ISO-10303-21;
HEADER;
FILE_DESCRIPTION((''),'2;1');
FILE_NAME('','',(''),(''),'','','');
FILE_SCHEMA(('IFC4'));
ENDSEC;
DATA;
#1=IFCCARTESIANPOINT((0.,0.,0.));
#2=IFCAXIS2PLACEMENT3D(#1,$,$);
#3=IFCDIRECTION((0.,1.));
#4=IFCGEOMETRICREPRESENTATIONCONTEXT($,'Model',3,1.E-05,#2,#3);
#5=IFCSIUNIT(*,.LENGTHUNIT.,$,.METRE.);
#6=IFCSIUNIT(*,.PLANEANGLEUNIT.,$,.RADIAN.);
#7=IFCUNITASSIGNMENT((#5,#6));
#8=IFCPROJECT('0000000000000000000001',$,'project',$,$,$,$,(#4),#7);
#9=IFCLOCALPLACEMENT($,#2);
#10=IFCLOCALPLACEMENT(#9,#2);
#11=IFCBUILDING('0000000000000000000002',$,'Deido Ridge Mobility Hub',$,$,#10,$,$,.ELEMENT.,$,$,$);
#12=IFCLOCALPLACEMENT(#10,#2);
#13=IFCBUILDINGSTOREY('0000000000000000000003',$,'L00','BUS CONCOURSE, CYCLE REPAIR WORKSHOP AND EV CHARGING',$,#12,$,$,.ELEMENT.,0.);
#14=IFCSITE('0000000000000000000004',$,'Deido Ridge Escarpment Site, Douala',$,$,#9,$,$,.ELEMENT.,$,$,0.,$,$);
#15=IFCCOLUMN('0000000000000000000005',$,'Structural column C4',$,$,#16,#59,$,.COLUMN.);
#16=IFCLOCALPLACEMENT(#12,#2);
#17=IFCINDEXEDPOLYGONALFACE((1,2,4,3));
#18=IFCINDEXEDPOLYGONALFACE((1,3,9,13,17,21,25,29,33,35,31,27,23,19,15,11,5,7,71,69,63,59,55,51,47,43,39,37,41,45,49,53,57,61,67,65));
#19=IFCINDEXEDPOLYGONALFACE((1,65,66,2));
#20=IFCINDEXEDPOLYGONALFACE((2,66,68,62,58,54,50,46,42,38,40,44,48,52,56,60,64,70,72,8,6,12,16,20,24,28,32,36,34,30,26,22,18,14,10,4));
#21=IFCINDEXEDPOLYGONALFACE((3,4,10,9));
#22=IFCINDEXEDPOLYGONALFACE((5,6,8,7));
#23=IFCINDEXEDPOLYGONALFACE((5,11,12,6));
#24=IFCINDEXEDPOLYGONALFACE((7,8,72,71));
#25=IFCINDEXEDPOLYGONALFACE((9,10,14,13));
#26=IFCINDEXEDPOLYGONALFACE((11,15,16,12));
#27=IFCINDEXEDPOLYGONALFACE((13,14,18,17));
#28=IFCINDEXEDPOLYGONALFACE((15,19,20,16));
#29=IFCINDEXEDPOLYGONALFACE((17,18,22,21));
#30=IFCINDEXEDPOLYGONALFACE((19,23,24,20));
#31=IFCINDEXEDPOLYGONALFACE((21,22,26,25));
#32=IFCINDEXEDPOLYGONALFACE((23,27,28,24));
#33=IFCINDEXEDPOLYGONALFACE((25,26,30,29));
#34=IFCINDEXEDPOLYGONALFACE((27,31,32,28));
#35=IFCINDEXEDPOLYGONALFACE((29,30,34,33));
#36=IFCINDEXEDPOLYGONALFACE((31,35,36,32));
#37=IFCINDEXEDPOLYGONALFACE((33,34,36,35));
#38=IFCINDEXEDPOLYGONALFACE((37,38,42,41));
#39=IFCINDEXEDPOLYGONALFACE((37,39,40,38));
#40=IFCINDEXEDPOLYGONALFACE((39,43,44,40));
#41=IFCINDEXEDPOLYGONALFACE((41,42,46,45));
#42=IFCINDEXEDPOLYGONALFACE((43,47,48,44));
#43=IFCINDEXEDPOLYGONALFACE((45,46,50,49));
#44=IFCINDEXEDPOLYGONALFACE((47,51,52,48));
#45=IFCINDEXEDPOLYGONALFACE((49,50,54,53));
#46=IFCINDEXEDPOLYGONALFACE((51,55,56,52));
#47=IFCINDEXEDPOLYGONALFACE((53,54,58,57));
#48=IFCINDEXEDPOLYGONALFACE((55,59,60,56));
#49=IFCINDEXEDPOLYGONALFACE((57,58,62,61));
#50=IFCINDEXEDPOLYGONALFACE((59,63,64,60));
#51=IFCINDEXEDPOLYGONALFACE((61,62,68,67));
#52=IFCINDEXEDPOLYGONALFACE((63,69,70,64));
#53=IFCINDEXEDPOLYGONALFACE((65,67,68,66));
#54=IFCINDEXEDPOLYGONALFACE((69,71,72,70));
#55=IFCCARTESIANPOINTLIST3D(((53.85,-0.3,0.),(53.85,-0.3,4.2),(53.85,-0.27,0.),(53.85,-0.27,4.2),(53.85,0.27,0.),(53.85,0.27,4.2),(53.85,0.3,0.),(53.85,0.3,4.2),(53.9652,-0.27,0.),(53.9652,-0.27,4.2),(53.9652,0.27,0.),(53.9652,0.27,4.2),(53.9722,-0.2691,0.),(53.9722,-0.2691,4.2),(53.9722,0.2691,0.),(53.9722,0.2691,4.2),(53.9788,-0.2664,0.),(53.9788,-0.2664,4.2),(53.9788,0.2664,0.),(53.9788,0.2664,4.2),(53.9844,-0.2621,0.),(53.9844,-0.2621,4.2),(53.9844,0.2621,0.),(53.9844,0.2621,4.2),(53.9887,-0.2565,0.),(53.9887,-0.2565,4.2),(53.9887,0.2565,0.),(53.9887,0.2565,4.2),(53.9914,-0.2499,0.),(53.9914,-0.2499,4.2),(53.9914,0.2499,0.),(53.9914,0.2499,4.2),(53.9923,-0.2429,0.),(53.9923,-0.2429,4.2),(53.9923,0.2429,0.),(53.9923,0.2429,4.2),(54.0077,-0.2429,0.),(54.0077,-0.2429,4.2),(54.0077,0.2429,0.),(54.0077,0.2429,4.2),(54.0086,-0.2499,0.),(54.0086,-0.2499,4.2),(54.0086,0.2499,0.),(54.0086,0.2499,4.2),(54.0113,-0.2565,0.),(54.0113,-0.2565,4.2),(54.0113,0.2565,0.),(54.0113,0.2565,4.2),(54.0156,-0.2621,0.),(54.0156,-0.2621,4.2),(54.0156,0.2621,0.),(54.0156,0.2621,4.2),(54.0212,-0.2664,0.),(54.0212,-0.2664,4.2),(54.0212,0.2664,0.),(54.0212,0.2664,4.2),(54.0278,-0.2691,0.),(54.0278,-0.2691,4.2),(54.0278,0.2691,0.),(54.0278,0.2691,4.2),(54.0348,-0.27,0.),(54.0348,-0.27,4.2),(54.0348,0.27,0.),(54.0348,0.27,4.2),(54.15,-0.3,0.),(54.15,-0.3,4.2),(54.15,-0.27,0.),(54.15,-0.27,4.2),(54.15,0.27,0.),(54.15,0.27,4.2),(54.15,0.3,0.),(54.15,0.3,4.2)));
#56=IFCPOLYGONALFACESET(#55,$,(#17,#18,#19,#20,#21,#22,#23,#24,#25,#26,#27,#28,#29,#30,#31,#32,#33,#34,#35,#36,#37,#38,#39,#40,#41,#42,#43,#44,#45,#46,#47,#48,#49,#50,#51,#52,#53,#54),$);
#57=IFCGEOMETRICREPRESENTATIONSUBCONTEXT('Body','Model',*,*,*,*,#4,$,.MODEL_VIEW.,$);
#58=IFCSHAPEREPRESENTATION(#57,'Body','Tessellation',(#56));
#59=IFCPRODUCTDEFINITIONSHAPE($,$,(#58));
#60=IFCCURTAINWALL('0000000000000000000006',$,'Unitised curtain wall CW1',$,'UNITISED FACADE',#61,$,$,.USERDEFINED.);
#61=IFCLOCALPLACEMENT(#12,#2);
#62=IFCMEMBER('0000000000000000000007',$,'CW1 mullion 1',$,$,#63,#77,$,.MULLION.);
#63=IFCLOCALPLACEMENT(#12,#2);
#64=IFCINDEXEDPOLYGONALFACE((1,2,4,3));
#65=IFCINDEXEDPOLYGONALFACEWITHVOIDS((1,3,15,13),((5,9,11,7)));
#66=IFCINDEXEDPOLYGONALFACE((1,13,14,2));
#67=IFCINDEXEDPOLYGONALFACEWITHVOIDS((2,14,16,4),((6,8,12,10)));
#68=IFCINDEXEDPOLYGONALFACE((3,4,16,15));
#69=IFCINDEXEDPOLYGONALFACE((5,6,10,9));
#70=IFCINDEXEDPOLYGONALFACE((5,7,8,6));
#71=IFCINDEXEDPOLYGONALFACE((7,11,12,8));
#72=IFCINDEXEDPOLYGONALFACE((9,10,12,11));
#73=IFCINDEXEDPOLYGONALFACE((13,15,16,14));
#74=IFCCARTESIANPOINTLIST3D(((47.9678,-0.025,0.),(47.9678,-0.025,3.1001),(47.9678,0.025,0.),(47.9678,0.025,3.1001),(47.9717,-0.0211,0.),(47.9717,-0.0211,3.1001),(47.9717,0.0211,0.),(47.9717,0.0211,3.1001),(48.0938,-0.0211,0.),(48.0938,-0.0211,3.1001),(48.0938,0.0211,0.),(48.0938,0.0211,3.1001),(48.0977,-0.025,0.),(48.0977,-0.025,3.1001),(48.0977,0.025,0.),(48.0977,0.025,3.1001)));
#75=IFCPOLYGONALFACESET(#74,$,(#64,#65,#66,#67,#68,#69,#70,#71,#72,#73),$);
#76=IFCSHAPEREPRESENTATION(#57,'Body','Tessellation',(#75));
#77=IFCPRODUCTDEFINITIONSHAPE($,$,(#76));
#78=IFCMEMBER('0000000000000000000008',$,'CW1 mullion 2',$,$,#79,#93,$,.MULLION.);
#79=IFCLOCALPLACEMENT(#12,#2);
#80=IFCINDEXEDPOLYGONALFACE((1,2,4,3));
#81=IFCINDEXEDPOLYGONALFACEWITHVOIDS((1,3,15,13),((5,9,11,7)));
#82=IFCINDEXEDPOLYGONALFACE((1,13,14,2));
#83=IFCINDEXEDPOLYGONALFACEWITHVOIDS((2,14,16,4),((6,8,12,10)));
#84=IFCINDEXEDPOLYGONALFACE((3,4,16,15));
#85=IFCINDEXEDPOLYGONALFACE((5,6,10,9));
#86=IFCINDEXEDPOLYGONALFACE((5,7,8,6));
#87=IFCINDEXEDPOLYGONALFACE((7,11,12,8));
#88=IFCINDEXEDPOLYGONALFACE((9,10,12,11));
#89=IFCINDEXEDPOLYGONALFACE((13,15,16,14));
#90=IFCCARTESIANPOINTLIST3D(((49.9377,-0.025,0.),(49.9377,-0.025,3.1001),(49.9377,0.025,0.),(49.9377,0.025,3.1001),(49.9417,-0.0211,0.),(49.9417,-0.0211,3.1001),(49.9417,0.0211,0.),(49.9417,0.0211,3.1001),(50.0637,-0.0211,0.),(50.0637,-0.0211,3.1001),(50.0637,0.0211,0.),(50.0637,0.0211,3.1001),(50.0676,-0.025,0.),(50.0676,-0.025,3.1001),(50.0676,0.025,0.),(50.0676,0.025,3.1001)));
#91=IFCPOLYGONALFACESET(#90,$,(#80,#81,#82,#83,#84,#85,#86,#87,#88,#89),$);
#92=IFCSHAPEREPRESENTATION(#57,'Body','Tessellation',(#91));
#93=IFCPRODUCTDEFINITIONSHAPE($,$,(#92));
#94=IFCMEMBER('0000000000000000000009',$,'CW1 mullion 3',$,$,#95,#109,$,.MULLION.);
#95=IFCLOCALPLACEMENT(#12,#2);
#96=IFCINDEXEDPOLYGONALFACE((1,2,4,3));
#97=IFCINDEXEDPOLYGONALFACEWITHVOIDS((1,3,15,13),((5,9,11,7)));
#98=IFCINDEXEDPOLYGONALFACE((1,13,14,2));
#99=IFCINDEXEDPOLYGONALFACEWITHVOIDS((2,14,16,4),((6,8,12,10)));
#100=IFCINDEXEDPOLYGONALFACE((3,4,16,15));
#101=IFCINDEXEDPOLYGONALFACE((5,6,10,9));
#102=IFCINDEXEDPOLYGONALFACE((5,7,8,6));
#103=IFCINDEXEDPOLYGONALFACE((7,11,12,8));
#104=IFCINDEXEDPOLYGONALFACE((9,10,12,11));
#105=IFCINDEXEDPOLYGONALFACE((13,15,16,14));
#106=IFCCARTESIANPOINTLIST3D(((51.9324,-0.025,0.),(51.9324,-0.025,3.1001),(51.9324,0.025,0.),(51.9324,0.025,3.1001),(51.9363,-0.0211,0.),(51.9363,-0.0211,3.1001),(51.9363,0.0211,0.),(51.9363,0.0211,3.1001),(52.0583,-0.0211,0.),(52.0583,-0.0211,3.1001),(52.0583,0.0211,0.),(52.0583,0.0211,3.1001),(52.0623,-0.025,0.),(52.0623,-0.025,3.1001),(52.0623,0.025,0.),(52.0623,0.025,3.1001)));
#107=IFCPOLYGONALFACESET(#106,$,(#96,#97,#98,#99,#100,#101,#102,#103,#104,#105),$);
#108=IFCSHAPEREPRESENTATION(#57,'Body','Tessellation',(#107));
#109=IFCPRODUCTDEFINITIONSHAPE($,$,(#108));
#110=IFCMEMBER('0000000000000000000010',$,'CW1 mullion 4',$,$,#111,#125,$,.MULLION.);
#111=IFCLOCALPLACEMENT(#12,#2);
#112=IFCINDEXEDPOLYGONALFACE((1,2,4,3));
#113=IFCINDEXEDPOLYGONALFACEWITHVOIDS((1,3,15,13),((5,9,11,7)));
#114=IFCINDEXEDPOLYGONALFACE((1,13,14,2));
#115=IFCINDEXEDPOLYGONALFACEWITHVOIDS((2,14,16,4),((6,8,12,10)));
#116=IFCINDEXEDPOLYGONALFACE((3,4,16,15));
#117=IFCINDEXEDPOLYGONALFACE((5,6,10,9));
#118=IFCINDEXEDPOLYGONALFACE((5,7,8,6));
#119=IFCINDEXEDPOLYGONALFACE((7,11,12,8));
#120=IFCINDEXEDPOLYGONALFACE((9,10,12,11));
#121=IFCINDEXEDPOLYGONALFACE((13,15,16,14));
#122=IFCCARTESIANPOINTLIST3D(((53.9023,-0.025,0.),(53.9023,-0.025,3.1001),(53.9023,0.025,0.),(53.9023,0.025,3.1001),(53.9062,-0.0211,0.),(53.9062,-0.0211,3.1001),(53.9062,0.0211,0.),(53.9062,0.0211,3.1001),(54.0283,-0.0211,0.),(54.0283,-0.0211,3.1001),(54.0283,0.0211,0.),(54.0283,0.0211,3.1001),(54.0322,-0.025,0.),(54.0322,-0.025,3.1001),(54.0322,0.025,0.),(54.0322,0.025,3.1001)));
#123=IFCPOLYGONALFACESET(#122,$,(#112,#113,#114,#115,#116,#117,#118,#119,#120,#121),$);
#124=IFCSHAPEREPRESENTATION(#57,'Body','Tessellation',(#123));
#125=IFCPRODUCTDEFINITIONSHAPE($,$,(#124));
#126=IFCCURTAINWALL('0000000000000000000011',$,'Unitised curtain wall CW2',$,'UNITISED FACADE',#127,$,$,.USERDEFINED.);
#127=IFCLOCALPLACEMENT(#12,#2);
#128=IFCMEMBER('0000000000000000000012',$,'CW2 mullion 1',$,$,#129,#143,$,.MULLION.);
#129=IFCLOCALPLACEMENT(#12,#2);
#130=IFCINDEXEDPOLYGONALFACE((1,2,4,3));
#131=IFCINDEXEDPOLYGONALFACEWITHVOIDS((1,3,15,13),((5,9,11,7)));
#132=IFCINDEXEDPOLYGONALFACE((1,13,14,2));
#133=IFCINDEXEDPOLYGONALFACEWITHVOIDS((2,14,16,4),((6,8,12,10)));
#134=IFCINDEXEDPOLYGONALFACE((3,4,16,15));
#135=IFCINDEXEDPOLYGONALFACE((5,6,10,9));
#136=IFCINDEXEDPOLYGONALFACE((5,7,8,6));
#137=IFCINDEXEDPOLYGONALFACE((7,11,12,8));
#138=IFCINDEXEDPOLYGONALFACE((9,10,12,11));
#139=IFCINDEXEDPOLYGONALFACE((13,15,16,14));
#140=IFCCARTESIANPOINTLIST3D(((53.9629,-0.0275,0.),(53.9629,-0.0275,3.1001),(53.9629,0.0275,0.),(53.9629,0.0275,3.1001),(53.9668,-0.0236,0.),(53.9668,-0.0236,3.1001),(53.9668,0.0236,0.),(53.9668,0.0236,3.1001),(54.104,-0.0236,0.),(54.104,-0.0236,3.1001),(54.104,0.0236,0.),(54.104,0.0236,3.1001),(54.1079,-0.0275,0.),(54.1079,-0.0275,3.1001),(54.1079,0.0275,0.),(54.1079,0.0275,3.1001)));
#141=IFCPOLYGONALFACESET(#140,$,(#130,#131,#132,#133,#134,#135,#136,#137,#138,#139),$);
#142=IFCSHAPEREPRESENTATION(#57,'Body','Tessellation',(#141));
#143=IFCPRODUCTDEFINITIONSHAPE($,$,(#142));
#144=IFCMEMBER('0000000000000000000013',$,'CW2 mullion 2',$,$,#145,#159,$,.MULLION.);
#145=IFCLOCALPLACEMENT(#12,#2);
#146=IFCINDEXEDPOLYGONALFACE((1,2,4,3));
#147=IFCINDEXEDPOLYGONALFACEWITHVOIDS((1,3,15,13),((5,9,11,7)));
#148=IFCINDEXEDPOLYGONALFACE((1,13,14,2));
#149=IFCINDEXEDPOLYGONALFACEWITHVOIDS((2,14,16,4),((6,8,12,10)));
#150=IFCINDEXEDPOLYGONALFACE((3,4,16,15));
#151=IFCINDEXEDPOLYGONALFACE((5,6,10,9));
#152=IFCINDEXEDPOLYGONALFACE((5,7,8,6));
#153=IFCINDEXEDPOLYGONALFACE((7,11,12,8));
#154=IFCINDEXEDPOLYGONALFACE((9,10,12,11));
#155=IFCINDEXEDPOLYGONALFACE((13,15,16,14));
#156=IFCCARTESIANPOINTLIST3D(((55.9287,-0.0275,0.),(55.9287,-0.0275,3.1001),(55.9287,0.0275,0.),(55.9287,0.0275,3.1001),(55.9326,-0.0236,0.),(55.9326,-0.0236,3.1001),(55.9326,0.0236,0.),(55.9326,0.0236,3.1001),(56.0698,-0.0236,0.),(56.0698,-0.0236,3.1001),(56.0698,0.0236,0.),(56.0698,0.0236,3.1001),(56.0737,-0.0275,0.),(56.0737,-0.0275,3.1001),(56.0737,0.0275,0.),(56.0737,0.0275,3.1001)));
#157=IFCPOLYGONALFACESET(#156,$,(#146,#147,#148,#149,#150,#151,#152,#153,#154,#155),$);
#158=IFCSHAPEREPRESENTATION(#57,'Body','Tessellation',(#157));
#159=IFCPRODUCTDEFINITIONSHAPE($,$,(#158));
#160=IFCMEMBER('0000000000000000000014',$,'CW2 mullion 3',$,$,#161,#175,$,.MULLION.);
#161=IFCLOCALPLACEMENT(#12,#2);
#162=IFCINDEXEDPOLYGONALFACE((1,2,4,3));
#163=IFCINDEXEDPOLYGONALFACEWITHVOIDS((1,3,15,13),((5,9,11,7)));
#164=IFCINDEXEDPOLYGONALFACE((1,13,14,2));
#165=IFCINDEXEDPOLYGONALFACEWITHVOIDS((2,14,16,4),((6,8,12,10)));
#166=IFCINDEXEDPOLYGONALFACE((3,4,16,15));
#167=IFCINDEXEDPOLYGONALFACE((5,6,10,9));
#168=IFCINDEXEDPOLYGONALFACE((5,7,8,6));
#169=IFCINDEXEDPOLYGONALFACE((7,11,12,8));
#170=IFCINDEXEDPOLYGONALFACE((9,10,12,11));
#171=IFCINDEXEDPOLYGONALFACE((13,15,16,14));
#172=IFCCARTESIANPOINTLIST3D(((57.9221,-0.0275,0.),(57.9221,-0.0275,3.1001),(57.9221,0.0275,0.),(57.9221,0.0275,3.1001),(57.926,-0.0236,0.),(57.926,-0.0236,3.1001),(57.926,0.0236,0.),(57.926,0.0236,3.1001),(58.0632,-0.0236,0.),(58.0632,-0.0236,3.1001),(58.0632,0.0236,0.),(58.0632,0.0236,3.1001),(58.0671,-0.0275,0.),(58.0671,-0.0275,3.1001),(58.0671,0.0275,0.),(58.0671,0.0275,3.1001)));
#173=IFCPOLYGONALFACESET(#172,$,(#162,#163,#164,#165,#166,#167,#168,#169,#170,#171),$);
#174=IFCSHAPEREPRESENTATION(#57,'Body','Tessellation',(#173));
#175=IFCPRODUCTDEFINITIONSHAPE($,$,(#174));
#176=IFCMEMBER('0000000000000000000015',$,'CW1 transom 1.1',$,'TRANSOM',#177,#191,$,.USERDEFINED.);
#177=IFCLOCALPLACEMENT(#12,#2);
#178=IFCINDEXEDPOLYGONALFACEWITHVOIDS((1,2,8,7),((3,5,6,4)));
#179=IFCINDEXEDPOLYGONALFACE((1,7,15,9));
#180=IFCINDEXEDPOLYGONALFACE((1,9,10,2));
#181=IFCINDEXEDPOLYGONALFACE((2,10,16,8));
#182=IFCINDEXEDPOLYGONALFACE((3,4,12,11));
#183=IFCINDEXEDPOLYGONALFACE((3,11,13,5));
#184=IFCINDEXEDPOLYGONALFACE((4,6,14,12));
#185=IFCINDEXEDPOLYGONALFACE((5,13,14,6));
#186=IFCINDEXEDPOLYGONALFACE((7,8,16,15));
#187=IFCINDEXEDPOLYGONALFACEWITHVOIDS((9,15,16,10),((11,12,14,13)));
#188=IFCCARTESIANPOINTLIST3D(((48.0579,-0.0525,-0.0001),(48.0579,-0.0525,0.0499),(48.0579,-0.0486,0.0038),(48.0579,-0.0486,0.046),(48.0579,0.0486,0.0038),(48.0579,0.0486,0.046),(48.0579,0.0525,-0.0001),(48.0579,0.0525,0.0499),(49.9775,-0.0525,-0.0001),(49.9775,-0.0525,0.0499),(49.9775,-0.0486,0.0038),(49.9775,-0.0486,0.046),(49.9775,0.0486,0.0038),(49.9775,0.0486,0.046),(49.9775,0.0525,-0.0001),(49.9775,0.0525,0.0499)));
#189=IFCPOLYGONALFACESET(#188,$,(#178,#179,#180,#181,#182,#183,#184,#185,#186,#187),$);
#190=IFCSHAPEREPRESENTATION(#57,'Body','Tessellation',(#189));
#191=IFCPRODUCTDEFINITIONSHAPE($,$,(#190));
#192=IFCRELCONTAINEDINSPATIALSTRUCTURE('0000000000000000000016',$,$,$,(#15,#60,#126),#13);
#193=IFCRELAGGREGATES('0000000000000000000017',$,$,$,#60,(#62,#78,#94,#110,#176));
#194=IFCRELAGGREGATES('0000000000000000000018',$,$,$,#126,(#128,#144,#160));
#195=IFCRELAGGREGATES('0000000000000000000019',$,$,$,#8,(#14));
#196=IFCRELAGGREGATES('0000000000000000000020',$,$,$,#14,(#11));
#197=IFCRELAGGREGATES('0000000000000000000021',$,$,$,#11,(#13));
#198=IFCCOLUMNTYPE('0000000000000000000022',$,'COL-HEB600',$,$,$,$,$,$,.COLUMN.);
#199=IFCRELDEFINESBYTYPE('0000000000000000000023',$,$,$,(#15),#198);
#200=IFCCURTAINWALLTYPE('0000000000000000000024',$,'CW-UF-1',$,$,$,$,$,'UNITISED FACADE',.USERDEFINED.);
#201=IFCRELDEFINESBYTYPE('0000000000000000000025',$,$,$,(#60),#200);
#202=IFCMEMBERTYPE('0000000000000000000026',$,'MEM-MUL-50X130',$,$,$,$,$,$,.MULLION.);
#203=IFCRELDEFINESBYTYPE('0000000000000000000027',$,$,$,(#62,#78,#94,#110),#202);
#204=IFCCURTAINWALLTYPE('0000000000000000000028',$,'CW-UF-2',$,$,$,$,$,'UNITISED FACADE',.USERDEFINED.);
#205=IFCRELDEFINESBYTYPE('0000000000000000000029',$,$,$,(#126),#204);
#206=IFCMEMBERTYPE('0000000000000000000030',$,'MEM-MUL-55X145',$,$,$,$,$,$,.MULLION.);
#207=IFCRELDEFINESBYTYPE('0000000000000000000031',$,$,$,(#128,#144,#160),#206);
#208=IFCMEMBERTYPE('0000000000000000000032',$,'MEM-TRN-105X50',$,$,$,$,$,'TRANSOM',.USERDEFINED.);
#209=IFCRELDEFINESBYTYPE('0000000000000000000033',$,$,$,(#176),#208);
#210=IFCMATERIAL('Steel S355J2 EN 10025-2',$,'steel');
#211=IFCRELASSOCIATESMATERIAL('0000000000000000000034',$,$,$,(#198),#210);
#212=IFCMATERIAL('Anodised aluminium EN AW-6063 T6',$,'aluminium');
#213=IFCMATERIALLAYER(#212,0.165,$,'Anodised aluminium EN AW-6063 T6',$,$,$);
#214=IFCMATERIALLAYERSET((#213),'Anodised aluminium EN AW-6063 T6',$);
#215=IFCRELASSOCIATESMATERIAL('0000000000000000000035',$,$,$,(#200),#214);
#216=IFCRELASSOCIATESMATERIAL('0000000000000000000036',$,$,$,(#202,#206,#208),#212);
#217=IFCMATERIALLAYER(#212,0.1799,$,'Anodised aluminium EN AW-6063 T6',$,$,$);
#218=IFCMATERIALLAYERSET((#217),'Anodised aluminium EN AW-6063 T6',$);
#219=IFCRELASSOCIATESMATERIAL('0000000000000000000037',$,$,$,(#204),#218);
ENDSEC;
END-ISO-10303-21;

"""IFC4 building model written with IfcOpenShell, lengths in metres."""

from ifc_helpers import new_model, si_unit, direction, frame, origin, origin_2d, place, context, subcontext, project, spatial, hollow_rectangle, i_section, extrude, material, layer, layer_set, material_profile, profile_set, type_object, element, aggregate, save


model = new_model("IFC4")

# Units and contexts
model_context = context("Model", 3, precision=1e-05, world=origin(), true_north=direction((0.0, 1.0)))
body_context = subcontext(model_context, "Body", "Model", "MODEL_VIEW")
ifc_project = project(units=[si_unit("LENGTHUNIT", "METRE"), si_unit("PLANEANGLEUNIT", "RADIAN")], contexts=[model_context])

# Site, building, storey
site_placement = place(None, origin())
site = spatial("IfcSite", under=ifc_project, at=site_placement, Name="Deido Ridge Escarpment Site, Douala", CompositionType="ELEMENT", RefElevation=0.0)
building_placement = place(site_placement, origin())
building = spatial("IfcBuilding", under=site, at=building_placement, Name="Deido Ridge Mobility Hub", CompositionType="ELEMENT")
storey_placement = place(building_placement, origin())
storey = spatial("IfcBuildingStorey", under=building, at=storey_placement, Name="L00", Description="BUS CONCOURSE, CYCLE REPAIR WORKSHOP AND EV CHARGING", CompositionType="ELEMENT", Elevation=0.0)

# Column
ifc_material_1 = material(Name="Steel S355J2 EN 10025-2", Category="steel")
ifc_material_profile_1 = material_profile(ifc_material_1, i_section(OverallWidth=0.3, OverallDepth=0.6001, WebThickness=0.0154, FlangeThickness=0.03, FilletRadius=0.0271, at=origin_2d()), Name="HEB 600")
ifc_profile_set_1 = profile_set([ifc_material_profile_1], Name="Steel S355J2 EN 10025-2")
column_type = type_object("IfcColumnType", Name="COL-HEB600", PredefinedType="COLUMN", material=ifc_profile_set_1)
column_placement = place(storey_placement, frame((54.0, 0.0, 0.0), z_axis=(0.0, 0.0, 1.0), x_axis=(1.0, 0.0, 0.0)))
element("IfcColumn", 1, at=column_placement, inside=storey, type_object=column_type, Name="Structural column C4", PredefinedType="COLUMN", context=body_context, shape_type="SweptSolid", body=[
    extrude(i_section(OverallWidth=0.3, OverallDepth=0.6001, WebThickness=0.0154, FlangeThickness=0.03, FilletRadius=0.0271, at=origin_2d()), origin(), (0.0, 0.0, 1.0), 4.2),
])

# Curtain walls, members
ifc_material_2 = material(Name="Anodised aluminium EN AW-6063 T6", Category="aluminium")
ifc_layer_1 = layer(ifc_material_2, 0.165, Name="Anodised aluminium EN AW-6063 T6")
ifc_layer_set_1 = layer_set([ifc_layer_1], Name="Anodised aluminium EN AW-6063 T6")
curtain_wall_type_1 = type_object("IfcCurtainWallType", Name="CW-UF-1", ElementType="UNITISED FACADE", PredefinedType="USERDEFINED", material=ifc_layer_set_1)
curtain_wall_1_placement = place(storey_placement, origin())
curtain_wall_1 = element("IfcCurtainWall", 2, at=curtain_wall_1_placement, inside=storey, type_object=curtain_wall_type_1, Name="Unitised curtain wall CW1", ObjectType="UNITISED FACADE", PredefinedType="USERDEFINED")
ifc_material_profile_2 = material_profile(ifc_material_2, hollow_rectangle(XDim=0.05, YDim=0.1299, WallThickness=0.0039, at=origin_2d()), Name="RHS 50x130x4")
ifc_profile_set_2 = profile_set([ifc_material_profile_2], Name="Anodised aluminium EN AW-6063 T6")
member_type_1 = type_object("IfcMemberType", Name="MEM-MUL-50X130", PredefinedType="MULLION", material=ifc_profile_set_2)
member_1_placement = place(storey_placement, frame((48.0327, 0.0, 0.0), z_axis=(0.0, 0.0, 1.0), x_axis=(0.0, 1.0, 0.0)))
member_1 = element("IfcMember", 3, at=member_1_placement, type_object=member_type_1, Name="CW1 mullion 1", PredefinedType="MULLION", context=body_context, shape_type="SweptSolid", body=[
    extrude(hollow_rectangle(XDim=0.05, YDim=0.1299, WallThickness=0.0039, at=origin_2d()), origin(), (0.0, 0.0, 1.0), 3.1001),
])
member_2_placement = place(storey_placement, frame((50.0027, 0.0, 0.0), z_axis=(0.0, 0.0, 1.0), x_axis=(0.0, 1.0, 0.0)))
member_2 = element("IfcMember", 4, at=member_2_placement, type_object=member_type_1, Name="CW1 mullion 2", PredefinedType="MULLION", context=body_context, shape_type="SweptSolid", body=[
    extrude(hollow_rectangle(XDim=0.05, YDim=0.1299, WallThickness=0.0039, at=origin_2d()), origin(), (0.0, 0.0, 1.0), 3.1001),
])
member_3_placement = place(storey_placement, frame((51.9973, 0.0, 0.0), z_axis=(0.0, 0.0, 1.0), x_axis=(0.0, 1.0, 0.0)))
member_3 = element("IfcMember", 5, at=member_3_placement, type_object=member_type_1, Name="CW1 mullion 3", PredefinedType="MULLION", context=body_context, shape_type="SweptSolid", body=[
    extrude(hollow_rectangle(XDim=0.05, YDim=0.1299, WallThickness=0.0039, at=origin_2d()), origin(), (0.0, 0.0, 1.0), 3.1001),
])
member_4_placement = place(storey_placement, frame((53.9673, 0.0, 0.0), z_axis=(0.0, 0.0, 1.0), x_axis=(0.0, 1.0, 0.0)))
member_4 = element("IfcMember", 6, at=member_4_placement, type_object=member_type_1, Name="CW1 mullion 4", PredefinedType="MULLION", context=body_context, shape_type="SweptSolid", body=[
    extrude(hollow_rectangle(XDim=0.05, YDim=0.1299, WallThickness=0.0039, at=origin_2d()), origin(), (0.0, 0.0, 1.0), 3.1001),
])
ifc_layer_2 = layer(ifc_material_2, 0.1799, Name="Anodised aluminium EN AW-6063 T6")
ifc_layer_set_2 = layer_set([ifc_layer_2], Name="Anodised aluminium EN AW-6063 T6")
curtain_wall_type_2 = type_object("IfcCurtainWallType", Name="CW-UF-2", ElementType="UNITISED FACADE", PredefinedType="USERDEFINED", material=ifc_layer_set_2)
curtain_wall_2_placement = place(storey_placement, origin())
curtain_wall_2 = element("IfcCurtainWall", 7, at=curtain_wall_2_placement, inside=storey, type_object=curtain_wall_type_2, Name="Unitised curtain wall CW2", ObjectType="UNITISED FACADE", PredefinedType="USERDEFINED")
ifc_material_profile_3 = material_profile(ifc_material_2, hollow_rectangle(XDim=0.0549, YDim=0.145, WallThickness=0.0039, at=origin_2d()), Name="RHS 55x145x4")
ifc_profile_set_3 = profile_set([ifc_material_profile_3], Name="Anodised aluminium EN AW-6063 T6")
member_type_2 = type_object("IfcMemberType", Name="MEM-MUL-55X145", PredefinedType="MULLION", material=ifc_profile_set_3)
member_5_placement = place(storey_placement, frame((54.0354, 0.0, 0.0), z_axis=(0.0, 0.0, 1.0), x_axis=(0.0, 1.0, 0.0)))
member_5 = element("IfcMember", 8, at=member_5_placement, type_object=member_type_2, Name="CW2 mullion 1", PredefinedType="MULLION", context=body_context, shape_type="SweptSolid", body=[
    extrude(hollow_rectangle(XDim=0.0549, YDim=0.145, WallThickness=0.0039, at=origin_2d()), origin(), (0.0, 0.0, 1.0), 3.1001),
])
member_6_placement = place(storey_placement, frame((56.0012, 0.0, 0.0), z_axis=(0.0, 0.0, 1.0), x_axis=(0.0, 1.0, 0.0)))
member_6 = element("IfcMember", 9, at=member_6_placement, type_object=member_type_2, Name="CW2 mullion 2", PredefinedType="MULLION", context=body_context, shape_type="SweptSolid", body=[
    extrude(hollow_rectangle(XDim=0.0549, YDim=0.145, WallThickness=0.0039, at=origin_2d()), origin(), (0.0, 0.0, 1.0), 3.1001),
])
member_7_placement = place(storey_placement, frame((57.9946, 0.0, 0.0), z_axis=(0.0, 0.0, 1.0), x_axis=(0.0, 1.0, 0.0)))
member_7 = element("IfcMember", 10, at=member_7_placement, type_object=member_type_2, Name="CW2 mullion 3", PredefinedType="MULLION", context=body_context, shape_type="SweptSolid", body=[
    extrude(hollow_rectangle(XDim=0.0549, YDim=0.145, WallThickness=0.0039, at=origin_2d()), origin(), (0.0, 0.0, 1.0), 3.1001),
])

# Member
ifc_material_profile_4 = material_profile(ifc_material_2, hollow_rectangle(XDim=0.105, YDim=0.05, WallThickness=0.0039, at=origin_2d()), Name="RHS 105x50x4")
ifc_profile_set_4 = profile_set([ifc_material_profile_4], Name="Anodised aluminium EN AW-6063 T6")
member_type_3 = type_object("IfcMemberType", Name="MEM-TRN-105X50", ElementType="TRANSOM", PredefinedType="USERDEFINED", material=ifc_profile_set_4)
member_8_placement = place(storey_placement, frame((48.0579, 0.0, 0.0249), z_axis=(1.0, 0.0, 0.0), x_axis=(0.0, 1.0, 0.0)))
member_8 = element("IfcMember", 11, at=member_8_placement, type_object=member_type_3, Name="CW1 transom 1.1", ObjectType="TRANSOM", PredefinedType="USERDEFINED", context=body_context, shape_type="SweptSolid", body=[
    extrude(hollow_rectangle(XDim=0.105, YDim=0.05, WallThickness=0.0039, at=origin_2d()), origin(), (0.0, 0.0, 1.0), 1.9197),
])

aggregate(curtain_wall_1, [member_1, member_2, member_3, member_4, member_8])
aggregate(curtain_wall_2, [member_5, member_6, member_7])

save(model, "model.ifc")
